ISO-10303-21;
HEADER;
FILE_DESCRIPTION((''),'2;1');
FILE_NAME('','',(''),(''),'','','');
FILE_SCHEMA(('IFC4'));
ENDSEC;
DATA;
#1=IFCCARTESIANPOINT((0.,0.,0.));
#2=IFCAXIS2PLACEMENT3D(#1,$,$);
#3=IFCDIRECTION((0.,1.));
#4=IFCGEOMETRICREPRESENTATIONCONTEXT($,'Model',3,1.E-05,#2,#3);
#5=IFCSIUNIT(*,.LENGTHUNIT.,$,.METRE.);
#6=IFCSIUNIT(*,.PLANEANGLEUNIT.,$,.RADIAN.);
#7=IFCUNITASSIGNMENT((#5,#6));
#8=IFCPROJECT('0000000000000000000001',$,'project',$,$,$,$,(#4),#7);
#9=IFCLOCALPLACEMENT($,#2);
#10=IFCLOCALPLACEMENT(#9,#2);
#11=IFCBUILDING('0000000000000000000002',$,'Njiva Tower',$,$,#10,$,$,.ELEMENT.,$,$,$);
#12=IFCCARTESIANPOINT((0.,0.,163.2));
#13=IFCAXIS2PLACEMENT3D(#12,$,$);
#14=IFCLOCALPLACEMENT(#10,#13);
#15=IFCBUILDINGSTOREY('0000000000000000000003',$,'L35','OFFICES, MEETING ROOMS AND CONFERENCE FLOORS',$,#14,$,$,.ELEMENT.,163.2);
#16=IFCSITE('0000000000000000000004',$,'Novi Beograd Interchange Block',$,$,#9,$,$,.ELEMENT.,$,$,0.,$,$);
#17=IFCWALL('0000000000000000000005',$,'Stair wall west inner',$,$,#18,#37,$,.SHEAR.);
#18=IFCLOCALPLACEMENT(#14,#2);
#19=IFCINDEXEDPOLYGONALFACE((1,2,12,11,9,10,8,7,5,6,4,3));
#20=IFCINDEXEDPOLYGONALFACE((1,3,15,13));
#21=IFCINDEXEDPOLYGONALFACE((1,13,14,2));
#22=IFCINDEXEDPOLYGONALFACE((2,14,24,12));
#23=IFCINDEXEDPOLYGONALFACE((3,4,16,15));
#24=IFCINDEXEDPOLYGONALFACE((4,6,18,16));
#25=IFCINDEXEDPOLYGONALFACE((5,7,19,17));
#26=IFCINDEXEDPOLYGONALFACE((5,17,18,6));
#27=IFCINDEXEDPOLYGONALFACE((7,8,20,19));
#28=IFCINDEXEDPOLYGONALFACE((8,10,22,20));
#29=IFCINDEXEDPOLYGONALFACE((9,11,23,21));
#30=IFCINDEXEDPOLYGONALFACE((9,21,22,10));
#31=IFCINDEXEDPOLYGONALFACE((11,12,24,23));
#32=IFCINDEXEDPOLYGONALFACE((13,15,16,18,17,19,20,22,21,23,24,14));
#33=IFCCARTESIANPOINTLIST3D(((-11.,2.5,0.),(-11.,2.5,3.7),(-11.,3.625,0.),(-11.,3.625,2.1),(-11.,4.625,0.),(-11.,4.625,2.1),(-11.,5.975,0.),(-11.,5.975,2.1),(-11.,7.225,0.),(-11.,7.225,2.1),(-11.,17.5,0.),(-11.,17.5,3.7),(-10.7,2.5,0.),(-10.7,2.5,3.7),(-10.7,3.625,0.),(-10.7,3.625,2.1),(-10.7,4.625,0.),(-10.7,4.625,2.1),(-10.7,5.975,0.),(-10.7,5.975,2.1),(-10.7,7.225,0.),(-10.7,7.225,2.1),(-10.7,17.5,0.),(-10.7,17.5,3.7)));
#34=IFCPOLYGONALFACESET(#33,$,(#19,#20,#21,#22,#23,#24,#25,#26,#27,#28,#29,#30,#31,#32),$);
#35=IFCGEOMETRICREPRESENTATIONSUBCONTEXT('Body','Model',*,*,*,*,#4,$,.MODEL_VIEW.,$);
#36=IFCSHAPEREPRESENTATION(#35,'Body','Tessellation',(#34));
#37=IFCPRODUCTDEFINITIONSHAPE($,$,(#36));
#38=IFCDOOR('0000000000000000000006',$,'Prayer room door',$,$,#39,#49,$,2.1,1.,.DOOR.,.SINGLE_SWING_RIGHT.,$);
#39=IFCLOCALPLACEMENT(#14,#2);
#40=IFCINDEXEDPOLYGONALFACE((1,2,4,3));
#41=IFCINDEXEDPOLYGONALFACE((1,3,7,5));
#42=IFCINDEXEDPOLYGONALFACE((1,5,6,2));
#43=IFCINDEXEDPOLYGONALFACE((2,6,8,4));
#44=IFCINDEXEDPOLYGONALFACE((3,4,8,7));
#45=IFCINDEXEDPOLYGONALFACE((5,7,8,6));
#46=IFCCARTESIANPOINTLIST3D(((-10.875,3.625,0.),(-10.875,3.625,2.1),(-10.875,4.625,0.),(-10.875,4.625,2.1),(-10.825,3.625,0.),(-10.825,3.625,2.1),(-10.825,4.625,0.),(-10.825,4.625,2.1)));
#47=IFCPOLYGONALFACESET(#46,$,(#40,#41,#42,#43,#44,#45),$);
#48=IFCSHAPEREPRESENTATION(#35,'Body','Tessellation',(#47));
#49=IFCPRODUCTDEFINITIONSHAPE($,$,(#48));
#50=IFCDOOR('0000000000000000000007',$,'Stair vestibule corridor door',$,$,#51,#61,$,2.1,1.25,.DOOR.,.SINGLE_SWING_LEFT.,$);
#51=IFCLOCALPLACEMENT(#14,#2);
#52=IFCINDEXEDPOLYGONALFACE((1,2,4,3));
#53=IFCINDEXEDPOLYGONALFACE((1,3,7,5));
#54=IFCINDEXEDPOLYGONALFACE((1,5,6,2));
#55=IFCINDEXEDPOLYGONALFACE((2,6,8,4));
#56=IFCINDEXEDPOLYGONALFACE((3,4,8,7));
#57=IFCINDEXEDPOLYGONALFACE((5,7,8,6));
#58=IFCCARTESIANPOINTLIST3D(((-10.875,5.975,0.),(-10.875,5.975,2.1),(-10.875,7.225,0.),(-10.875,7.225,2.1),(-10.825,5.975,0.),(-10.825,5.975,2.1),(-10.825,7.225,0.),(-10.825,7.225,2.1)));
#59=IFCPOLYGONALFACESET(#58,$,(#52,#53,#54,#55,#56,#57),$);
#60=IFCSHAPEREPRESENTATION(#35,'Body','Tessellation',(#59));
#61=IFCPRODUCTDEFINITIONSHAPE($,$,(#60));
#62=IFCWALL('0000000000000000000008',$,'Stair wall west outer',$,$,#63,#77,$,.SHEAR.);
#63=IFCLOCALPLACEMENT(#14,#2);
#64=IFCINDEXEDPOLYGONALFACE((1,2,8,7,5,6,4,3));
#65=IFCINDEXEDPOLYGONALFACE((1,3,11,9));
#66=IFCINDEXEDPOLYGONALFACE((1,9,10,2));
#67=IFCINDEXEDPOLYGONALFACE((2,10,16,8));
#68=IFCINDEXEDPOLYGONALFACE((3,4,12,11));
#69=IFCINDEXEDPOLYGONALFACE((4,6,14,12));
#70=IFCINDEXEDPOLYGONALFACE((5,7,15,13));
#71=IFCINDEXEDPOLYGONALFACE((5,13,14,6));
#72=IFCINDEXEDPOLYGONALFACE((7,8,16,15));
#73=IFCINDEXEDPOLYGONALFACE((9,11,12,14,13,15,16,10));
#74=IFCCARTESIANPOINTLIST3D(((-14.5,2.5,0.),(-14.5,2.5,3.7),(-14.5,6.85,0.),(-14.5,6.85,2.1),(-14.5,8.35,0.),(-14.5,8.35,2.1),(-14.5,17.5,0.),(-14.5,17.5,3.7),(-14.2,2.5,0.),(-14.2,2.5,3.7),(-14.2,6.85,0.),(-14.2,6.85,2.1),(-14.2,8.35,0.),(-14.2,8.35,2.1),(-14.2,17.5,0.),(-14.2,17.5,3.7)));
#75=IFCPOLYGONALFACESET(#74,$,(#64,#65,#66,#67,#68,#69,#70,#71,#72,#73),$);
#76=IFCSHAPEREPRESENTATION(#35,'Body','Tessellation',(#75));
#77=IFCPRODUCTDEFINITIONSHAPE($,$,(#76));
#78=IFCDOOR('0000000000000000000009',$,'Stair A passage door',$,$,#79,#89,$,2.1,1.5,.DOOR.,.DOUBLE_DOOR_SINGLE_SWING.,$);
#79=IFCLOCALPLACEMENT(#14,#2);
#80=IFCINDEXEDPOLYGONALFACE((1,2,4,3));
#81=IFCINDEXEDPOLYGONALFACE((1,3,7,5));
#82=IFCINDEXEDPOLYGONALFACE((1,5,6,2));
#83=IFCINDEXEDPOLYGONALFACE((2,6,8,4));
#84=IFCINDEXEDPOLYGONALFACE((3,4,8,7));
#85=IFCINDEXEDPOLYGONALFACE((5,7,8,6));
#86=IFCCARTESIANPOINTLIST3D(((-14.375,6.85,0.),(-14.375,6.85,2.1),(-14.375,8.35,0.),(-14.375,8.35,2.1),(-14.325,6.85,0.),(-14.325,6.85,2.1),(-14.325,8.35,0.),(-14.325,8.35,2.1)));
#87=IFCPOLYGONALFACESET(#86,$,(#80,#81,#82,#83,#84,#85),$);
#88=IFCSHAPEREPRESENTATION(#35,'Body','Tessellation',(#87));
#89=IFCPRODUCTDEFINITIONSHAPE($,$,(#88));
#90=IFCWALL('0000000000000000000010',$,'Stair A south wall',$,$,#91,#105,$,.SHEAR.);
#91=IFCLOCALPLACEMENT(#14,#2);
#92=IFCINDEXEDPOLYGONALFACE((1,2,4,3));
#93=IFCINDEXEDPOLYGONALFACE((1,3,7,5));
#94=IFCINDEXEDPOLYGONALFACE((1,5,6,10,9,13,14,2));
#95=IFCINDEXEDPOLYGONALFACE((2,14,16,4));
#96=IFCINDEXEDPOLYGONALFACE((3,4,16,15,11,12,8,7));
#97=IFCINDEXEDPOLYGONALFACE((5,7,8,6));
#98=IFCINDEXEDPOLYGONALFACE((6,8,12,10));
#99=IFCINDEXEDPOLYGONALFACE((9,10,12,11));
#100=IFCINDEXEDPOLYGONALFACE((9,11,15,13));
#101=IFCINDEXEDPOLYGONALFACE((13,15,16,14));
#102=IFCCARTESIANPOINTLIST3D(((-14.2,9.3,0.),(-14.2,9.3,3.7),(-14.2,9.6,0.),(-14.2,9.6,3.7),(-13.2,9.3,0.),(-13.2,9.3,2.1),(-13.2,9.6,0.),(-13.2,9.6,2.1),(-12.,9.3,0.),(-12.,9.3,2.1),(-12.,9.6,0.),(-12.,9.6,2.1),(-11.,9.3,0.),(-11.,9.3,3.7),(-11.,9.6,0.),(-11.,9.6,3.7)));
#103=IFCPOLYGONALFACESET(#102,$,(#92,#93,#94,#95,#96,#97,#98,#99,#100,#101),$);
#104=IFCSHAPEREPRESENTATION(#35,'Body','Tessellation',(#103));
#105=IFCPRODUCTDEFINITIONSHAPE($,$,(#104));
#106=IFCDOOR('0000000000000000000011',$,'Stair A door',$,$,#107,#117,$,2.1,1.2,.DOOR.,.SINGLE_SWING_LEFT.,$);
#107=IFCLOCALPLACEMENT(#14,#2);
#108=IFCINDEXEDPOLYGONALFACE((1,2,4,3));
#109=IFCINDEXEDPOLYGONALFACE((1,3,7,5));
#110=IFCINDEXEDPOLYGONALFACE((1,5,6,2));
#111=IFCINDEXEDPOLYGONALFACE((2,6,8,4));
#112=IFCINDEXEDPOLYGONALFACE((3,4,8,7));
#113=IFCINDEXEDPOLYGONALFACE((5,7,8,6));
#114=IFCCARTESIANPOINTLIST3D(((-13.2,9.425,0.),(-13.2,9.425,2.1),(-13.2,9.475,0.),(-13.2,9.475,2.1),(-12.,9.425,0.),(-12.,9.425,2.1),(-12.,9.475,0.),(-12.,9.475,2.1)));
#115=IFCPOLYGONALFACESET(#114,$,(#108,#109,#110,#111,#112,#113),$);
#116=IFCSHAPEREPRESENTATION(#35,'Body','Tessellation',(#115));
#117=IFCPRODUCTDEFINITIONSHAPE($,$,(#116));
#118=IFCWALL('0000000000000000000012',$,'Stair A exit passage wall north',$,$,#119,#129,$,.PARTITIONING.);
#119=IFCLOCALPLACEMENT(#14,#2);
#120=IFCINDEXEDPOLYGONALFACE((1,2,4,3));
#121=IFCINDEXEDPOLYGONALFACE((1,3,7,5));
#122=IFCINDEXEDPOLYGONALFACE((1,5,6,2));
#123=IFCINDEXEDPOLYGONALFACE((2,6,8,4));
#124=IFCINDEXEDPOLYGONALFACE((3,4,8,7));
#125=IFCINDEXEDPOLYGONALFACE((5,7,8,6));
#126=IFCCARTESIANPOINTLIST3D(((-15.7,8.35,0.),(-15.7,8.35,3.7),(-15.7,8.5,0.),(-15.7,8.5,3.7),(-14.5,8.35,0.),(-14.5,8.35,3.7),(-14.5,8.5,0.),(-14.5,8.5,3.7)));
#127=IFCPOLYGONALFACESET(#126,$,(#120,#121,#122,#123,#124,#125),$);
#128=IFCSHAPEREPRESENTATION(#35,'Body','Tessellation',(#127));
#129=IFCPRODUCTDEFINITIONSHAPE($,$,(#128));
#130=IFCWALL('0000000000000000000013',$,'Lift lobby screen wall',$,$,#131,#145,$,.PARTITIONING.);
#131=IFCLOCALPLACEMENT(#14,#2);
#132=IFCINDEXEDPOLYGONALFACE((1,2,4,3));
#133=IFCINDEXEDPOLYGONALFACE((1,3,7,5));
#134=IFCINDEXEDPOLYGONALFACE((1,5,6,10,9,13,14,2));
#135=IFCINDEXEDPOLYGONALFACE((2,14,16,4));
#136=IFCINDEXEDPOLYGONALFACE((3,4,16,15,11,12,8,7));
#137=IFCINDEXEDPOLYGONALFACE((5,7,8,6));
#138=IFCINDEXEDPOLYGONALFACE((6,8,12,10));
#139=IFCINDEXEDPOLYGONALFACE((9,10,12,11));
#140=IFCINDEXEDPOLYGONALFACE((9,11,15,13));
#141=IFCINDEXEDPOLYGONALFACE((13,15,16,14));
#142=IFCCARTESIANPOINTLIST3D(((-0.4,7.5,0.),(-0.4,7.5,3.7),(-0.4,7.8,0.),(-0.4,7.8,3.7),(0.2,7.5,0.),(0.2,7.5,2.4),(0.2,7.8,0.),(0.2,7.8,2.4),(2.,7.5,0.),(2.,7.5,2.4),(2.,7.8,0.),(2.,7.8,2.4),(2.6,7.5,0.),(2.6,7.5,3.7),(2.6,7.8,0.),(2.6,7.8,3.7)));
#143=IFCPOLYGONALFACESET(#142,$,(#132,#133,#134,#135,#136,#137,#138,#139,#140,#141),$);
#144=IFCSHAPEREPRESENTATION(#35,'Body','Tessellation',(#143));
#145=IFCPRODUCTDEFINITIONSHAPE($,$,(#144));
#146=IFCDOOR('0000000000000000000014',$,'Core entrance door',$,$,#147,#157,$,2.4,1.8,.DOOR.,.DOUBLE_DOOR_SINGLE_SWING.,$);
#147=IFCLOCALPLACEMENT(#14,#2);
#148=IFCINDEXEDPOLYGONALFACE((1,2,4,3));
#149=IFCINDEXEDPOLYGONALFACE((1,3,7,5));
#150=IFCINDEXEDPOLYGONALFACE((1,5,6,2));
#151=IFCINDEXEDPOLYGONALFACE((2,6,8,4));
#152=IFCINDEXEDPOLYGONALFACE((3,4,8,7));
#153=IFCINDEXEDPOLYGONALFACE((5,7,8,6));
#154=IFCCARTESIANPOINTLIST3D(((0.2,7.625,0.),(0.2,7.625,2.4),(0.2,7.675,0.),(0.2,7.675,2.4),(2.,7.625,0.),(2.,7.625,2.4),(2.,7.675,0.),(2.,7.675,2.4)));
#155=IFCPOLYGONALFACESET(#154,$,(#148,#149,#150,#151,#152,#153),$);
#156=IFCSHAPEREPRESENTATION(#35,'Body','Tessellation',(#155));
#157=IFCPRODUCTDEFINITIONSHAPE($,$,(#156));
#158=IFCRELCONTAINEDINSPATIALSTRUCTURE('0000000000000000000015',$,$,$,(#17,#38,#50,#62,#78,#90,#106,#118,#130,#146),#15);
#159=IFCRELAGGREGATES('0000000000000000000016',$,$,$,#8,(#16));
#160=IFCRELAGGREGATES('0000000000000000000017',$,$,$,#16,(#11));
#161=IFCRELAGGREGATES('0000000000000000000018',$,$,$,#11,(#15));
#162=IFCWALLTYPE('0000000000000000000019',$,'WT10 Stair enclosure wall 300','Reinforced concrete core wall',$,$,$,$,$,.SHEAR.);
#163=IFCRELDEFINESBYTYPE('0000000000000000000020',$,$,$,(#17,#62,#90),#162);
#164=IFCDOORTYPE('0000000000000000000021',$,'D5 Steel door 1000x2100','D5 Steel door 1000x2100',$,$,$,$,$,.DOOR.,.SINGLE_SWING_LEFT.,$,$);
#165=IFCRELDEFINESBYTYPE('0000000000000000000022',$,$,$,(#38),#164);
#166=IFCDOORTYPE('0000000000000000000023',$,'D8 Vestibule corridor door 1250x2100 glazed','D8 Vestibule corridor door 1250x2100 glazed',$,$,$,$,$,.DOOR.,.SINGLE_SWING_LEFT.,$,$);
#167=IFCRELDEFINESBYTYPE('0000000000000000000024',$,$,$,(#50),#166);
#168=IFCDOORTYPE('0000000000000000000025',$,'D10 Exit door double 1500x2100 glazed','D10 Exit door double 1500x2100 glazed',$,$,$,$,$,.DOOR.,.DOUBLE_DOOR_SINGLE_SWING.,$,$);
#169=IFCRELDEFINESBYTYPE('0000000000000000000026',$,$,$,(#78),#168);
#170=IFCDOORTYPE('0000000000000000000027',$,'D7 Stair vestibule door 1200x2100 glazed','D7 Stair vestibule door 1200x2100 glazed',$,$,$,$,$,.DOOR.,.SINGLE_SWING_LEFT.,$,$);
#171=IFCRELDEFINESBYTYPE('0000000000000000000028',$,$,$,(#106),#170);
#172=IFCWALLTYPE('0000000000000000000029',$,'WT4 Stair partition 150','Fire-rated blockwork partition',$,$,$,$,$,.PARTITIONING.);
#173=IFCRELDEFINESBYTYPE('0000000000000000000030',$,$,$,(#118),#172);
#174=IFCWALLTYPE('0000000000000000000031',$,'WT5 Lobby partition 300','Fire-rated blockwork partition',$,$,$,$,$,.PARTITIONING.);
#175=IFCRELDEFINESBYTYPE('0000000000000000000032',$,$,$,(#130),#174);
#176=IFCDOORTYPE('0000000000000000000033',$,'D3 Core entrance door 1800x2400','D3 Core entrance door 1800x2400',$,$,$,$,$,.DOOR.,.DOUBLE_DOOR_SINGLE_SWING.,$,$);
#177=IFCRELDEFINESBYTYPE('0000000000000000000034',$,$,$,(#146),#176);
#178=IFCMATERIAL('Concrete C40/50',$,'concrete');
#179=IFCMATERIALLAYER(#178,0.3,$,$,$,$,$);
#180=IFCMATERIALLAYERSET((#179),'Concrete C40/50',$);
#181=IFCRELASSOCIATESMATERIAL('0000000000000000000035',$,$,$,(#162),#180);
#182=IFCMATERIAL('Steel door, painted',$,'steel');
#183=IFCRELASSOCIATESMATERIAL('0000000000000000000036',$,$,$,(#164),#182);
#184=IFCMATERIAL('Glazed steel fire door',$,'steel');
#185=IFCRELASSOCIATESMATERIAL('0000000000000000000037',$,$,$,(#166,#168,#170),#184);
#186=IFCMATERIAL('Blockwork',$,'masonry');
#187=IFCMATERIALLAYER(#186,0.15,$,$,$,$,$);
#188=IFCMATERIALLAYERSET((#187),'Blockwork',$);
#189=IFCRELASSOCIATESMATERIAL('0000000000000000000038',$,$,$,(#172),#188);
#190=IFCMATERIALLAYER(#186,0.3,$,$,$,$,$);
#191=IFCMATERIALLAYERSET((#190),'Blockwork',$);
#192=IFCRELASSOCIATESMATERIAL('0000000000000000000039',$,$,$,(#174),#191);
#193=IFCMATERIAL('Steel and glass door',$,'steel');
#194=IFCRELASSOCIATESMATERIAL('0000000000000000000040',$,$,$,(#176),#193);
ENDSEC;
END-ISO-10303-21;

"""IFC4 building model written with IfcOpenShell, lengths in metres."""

from ifc_helpers import new_model, si_unit, direction, frame, frame_2d, origin, place, context, subcontext, project, spatial, rectangle, extrude, material, layer, layer_set, type_object, element, fill, save


model = new_model("IFC4")

# Units and contexts
model_context = context("Model", 3, precision=1e-05, world=origin(), true_north=direction((0.0, 1.0)))
body_context = subcontext(model_context, "Body", "Model", "MODEL_VIEW")
ifc_project = project(units=[si_unit("LENGTHUNIT", "METRE"), si_unit("PLANEANGLEUNIT", "RADIAN")], contexts=[model_context])

# Site, building, storey
site_placement = place(None, origin())
site = spatial("IfcSite", under=ifc_project, at=site_placement, Name="Novi Beograd Interchange Block", CompositionType="ELEMENT", RefElevation=0.0)
building_placement = place(site_placement, origin())
building = spatial("IfcBuilding", under=site, at=building_placement, Name="Njiva Tower", CompositionType="ELEMENT")
storey_placement = place(building_placement, frame((0.0, 0.0, 163.2)))
storey = spatial("IfcBuildingStorey", under=building, at=storey_placement, Name="L35", Description="OFFICES, MEETING ROOMS AND CONFERENCE FLOORS", CompositionType="ELEMENT", Elevation=163.2)

# Shared definitions
ifc_material_1 = material(Name="Blockwork", Category="masonry")

# Wall, openings, doors
ifc_material_2 = material(Name="Concrete C40/50", Category="concrete")
ifc_layer_1 = layer(ifc_material_2, 0.3)
ifc_layer_set_1 = layer_set([ifc_layer_1], Name="Concrete C40/50")
wall_type_1 = type_object("IfcWallType", Name="WT10 Stair enclosure wall 300", Description="Reinforced concrete core wall", PredefinedType="SHEAR", material=ifc_layer_set_1)
wall_1_placement = place(storey_placement, frame((-10.85, 2.5, 0.0), z_axis=(0.0, 0.0, 1.0), x_axis=(0.0, 1.0, 0.0)))
wall_1 = element("IfcWall", 1, at=wall_1_placement, inside=storey, type_object=wall_type_1, Name="Stair wall west inner", PredefinedType="SHEAR", context=body_context, shape_type="SweptSolid", body=[
    extrude(rectangle(XDim=15.0, YDim=0.3, at=frame_2d((7.5, 0.0))), origin(), (0.0, 0.0, 1.0), 3.7),
])
opening_1_placement = place(wall_1_placement, frame((3.475, 0.0, 0.0)))
opening_1 = element("IfcOpeningElement", 2, at=opening_1_placement, cuts=wall_1, PredefinedType="OPENING", context=body_context, shape_type="SweptSolid", body=[
    extrude(rectangle(XDim=1.25, YDim=2.1, at=frame_2d((0.625, 1.05))), frame((0.0, 0.16, 0.0), z_axis=(0.0, -1.0, 0.0), x_axis=(1.0, 0.0, 0.0)), (0.0, 0.0, 1.0), 0.32),
])
opening_2_placement = place(wall_1_placement, frame((1.125, 0.0, 0.0)))
opening_2 = element("IfcOpeningElement", 3, at=opening_2_placement, cuts=wall_1, PredefinedType="OPENING", context=body_context, shape_type="SweptSolid", body=[
    extrude(rectangle(XDim=1.0, YDim=2.1, at=frame_2d((0.5, 1.05))), frame((0.0, 0.16, 0.0), z_axis=(0.0, -1.0, 0.0), x_axis=(1.0, 0.0, 0.0)), (0.0, 0.0, 1.0), 0.32),
])
ifc_material_3 = material(Name="Steel door, painted", Category="steel")
door_type_1 = type_object("IfcDoorType", Name="D5 Steel door 1000x2100", Description="D5 Steel door 1000x2100", OperationType="SINGLE_SWING_LEFT", PredefinedType="DOOR", material=ifc_material_3)
door_1_placement = place(opening_2_placement, origin())
door_1 = element("IfcDoor", 4, at=door_1_placement, inside=storey, type_object=door_type_1, Name="Prayer room door", OperationType="SINGLE_SWING_RIGHT", OverallHeight=2.1, OverallWidth=1.0, PredefinedType="DOOR", context=body_context, shape_type="SweptSolid", body=[
    extrude(rectangle(XDim=1.0, YDim=2.1, at=frame_2d((0.5, 1.05))), frame((0.0, 0.025, 0.0), z_axis=(0.0, -1.0, 0.0), x_axis=(1.0, 0.0, 0.0)), (0.0, 0.0, 1.0), 0.05),
])
fill(opening_2, door_1)
ifc_material_4 = material(Name="Glazed steel fire door", Category="steel")
door_type_2 = type_object("IfcDoorType", Name="D8 Vestibule corridor door 1250x2100 glazed", Description="D8 Vestibule corridor door 1250x2100 glazed", OperationType="SINGLE_SWING_LEFT", PredefinedType="DOOR", material=ifc_material_4)
door_2_placement = place(opening_1_placement, origin())
door_2 = element("IfcDoor", 5, at=door_2_placement, inside=storey, type_object=door_type_2, Name="Stair vestibule corridor door", OperationType="SINGLE_SWING_LEFT", OverallHeight=2.1, OverallWidth=1.25, PredefinedType="DOOR", context=body_context, shape_type="SweptSolid", body=[
    extrude(rectangle(XDim=1.25, YDim=2.1, at=frame_2d((0.625, 1.05))), frame((0.0, 0.025, 0.0), z_axis=(0.0, -1.0, 0.0), x_axis=(1.0, 0.0, 0.0)), (0.0, 0.0, 1.0), 0.05),
])
fill(opening_1, door_2)

# Walls, openings, doors
wall_2_placement = place(storey_placement, frame((-14.35, 2.5, 0.0), z_axis=(0.0, 0.0, 1.0), x_axis=(0.0, 1.0, 0.0)))
wall_2 = element("IfcWall", 6, at=wall_2_placement, inside=storey, type_object=wall_type_1, Name="Stair wall west outer", PredefinedType="SHEAR", context=body_context, shape_type="SweptSolid", body=[
    extrude(rectangle(XDim=15.0, YDim=0.3, at=frame_2d((7.5, 0.0))), origin(), (0.0, 0.0, 1.0), 3.7),
])
opening_3_placement = place(wall_2_placement, frame((4.35, 0.0, 0.0)))
opening_3 = element("IfcOpeningElement", 7, at=opening_3_placement, cuts=wall_2, PredefinedType="OPENING", context=body_context, shape_type="SweptSolid", body=[
    extrude(rectangle(XDim=1.5, YDim=2.1, at=frame_2d((0.75, 1.05))), frame((0.0, 0.16, 0.0), z_axis=(0.0, -1.0, 0.0), x_axis=(1.0, 0.0, 0.0)), (0.0, 0.0, 1.0), 0.32),
])
door_type_3 = type_object("IfcDoorType", Name="D10 Exit door double 1500x2100 glazed", Description="D10 Exit door double 1500x2100 glazed", OperationType="DOUBLE_DOOR_SINGLE_SWING", PredefinedType="DOOR", material=ifc_material_4)
door_3_placement = place(opening_3_placement, origin())
door_3 = element("IfcDoor", 8, at=door_3_placement, inside=storey, type_object=door_type_3, Name="Stair A passage door", OperationType="DOUBLE_DOOR_SINGLE_SWING", OverallHeight=2.1, OverallWidth=1.5, PredefinedType="DOOR", context=body_context, shape_type="SweptSolid", body=[
    extrude(rectangle(XDim=1.5, YDim=2.1, at=frame_2d((0.75, 1.05))), frame((0.0, 0.025, 0.0), z_axis=(0.0, -1.0, 0.0), x_axis=(1.0, 0.0, 0.0)), (0.0, 0.0, 1.0), 0.05),
])
fill(opening_3, door_3)
wall_3_placement = place(storey_placement, frame((-14.2, 9.45, 0.0), z_axis=(0.0, 0.0, 1.0), x_axis=(1.0, 0.0, 0.0)))
wall_3 = element("IfcWall", 9, at=wall_3_placement, inside=storey, type_object=wall_type_1, Name="Stair A south wall", PredefinedType="SHEAR", context=body_context, shape_type="SweptSolid", body=[
    extrude(rectangle(XDim=3.2, YDim=0.3, at=frame_2d((1.6, 0.0))), origin(), (0.0, 0.0, 1.0), 3.7),
])
opening_4_placement = place(wall_3_placement, frame((1.0, 0.0, 0.0)))
opening_4 = element("IfcOpeningElement", 10, at=opening_4_placement, cuts=wall_3, PredefinedType="OPENING", context=body_context, shape_type="SweptSolid", body=[
    extrude(rectangle(XDim=1.2, YDim=2.1, at=frame_2d((0.6, 1.05))), frame((0.0, 0.16, 0.0), z_axis=(0.0, -1.0, 0.0), x_axis=(1.0, 0.0, 0.0)), (0.0, 0.0, 1.0), 0.32),
])
door_type_4 = type_object("IfcDoorType", Name="D7 Stair vestibule door 1200x2100 glazed", Description="D7 Stair vestibule door 1200x2100 glazed", OperationType="SINGLE_SWING_LEFT", PredefinedType="DOOR", material=ifc_material_4)
door_4_placement = place(opening_4_placement, origin())
door_4 = element("IfcDoor", 11, at=door_4_placement, inside=storey, type_object=door_type_4, Name="Stair A door", OperationType="SINGLE_SWING_LEFT", OverallHeight=2.1, OverallWidth=1.2, PredefinedType="DOOR", context=body_context, shape_type="SweptSolid", body=[
    extrude(rectangle(XDim=1.2, YDim=2.1, at=frame_2d((0.6, 1.05))), frame((0.0, 0.025, 0.0), z_axis=(0.0, -1.0, 0.0), x_axis=(1.0, 0.0, 0.0)), (0.0, 0.0, 1.0), 0.05),
])
fill(opening_4, door_4)

# Wall
ifc_layer_2 = layer(ifc_material_1, 0.15)
ifc_layer_set_2 = layer_set([ifc_layer_2], Name="Blockwork")
wall_type_2 = type_object("IfcWallType", Name="WT4 Stair partition 150", Description="Fire-rated blockwork partition", PredefinedType="PARTITIONING", material=ifc_layer_set_2)
wall_4_placement = place(storey_placement, frame((-15.7, 8.425, 0.0), z_axis=(0.0, 0.0, 1.0), x_axis=(1.0, 0.0, 0.0)))
element("IfcWall", 12, at=wall_4_placement, inside=storey, type_object=wall_type_2, Name="Stair A exit passage wall north", PredefinedType="PARTITIONING", context=body_context, shape_type="SweptSolid", body=[
    extrude(rectangle(XDim=1.2, YDim=0.15, at=frame_2d((0.6, 0.0))), origin(), (0.0, 0.0, 1.0), 3.7),
])

# Wall, opening, door
ifc_layer_3 = layer(ifc_material_1, 0.3)
ifc_layer_set_3 = layer_set([ifc_layer_3], Name="Blockwork")
wall_type_3 = type_object("IfcWallType", Name="WT5 Lobby partition 300", Description="Fire-rated blockwork partition", PredefinedType="PARTITIONING", material=ifc_layer_set_3)
wall_5_placement = place(storey_placement, frame((-0.4, 7.65, 0.0), z_axis=(0.0, 0.0, 1.0), x_axis=(1.0, 0.0, 0.0)))
wall_5 = element("IfcWall", 13, at=wall_5_placement, inside=storey, type_object=wall_type_3, Name="Lift lobby screen wall", PredefinedType="PARTITIONING", context=body_context, shape_type="SweptSolid", body=[
    extrude(rectangle(XDim=3.0, YDim=0.3, at=frame_2d((1.5, 0.0))), origin(), (0.0, 0.0, 1.0), 3.7),
])
opening_5_placement = place(wall_5_placement, frame((0.6, 0.0, 0.0)))
opening_5 = element("IfcOpeningElement", 14, at=opening_5_placement, cuts=wall_5, PredefinedType="OPENING", context=body_context, shape_type="SweptSolid", body=[
    extrude(rectangle(XDim=1.8, YDim=2.4, at=frame_2d((0.9, 1.2))), frame((0.0, 0.16, 0.0), z_axis=(0.0, -1.0, 0.0), x_axis=(1.0, 0.0, 0.0)), (0.0, 0.0, 1.0), 0.32),
])
ifc_material_5 = material(Name="Steel and glass door", Category="steel")
door_type_5 = type_object("IfcDoorType", Name="D3 Core entrance door 1800x2400", Description="D3 Core entrance door 1800x2400", OperationType="DOUBLE_DOOR_SINGLE_SWING", PredefinedType="DOOR", material=ifc_material_5)
door_5_placement = place(opening_5_placement, origin())
door_5 = element("IfcDoor", 15, at=door_5_placement, inside=storey, type_object=door_type_5, Name="Core entrance door", OperationType="DOUBLE_DOOR_SINGLE_SWING", OverallHeight=2.4, OverallWidth=1.8, PredefinedType="DOOR", context=body_context, shape_type="SweptSolid", body=[
    extrude(rectangle(XDim=1.8, YDim=2.4, at=frame_2d((0.9, 1.2))), frame((0.0, 0.025, 0.0), z_axis=(0.0, -1.0, 0.0), x_axis=(1.0, 0.0, 0.0)), (0.0, 0.0, 1.0), 0.05),
])
fill(opening_5, door_5)

save(model, "model.ifc")
